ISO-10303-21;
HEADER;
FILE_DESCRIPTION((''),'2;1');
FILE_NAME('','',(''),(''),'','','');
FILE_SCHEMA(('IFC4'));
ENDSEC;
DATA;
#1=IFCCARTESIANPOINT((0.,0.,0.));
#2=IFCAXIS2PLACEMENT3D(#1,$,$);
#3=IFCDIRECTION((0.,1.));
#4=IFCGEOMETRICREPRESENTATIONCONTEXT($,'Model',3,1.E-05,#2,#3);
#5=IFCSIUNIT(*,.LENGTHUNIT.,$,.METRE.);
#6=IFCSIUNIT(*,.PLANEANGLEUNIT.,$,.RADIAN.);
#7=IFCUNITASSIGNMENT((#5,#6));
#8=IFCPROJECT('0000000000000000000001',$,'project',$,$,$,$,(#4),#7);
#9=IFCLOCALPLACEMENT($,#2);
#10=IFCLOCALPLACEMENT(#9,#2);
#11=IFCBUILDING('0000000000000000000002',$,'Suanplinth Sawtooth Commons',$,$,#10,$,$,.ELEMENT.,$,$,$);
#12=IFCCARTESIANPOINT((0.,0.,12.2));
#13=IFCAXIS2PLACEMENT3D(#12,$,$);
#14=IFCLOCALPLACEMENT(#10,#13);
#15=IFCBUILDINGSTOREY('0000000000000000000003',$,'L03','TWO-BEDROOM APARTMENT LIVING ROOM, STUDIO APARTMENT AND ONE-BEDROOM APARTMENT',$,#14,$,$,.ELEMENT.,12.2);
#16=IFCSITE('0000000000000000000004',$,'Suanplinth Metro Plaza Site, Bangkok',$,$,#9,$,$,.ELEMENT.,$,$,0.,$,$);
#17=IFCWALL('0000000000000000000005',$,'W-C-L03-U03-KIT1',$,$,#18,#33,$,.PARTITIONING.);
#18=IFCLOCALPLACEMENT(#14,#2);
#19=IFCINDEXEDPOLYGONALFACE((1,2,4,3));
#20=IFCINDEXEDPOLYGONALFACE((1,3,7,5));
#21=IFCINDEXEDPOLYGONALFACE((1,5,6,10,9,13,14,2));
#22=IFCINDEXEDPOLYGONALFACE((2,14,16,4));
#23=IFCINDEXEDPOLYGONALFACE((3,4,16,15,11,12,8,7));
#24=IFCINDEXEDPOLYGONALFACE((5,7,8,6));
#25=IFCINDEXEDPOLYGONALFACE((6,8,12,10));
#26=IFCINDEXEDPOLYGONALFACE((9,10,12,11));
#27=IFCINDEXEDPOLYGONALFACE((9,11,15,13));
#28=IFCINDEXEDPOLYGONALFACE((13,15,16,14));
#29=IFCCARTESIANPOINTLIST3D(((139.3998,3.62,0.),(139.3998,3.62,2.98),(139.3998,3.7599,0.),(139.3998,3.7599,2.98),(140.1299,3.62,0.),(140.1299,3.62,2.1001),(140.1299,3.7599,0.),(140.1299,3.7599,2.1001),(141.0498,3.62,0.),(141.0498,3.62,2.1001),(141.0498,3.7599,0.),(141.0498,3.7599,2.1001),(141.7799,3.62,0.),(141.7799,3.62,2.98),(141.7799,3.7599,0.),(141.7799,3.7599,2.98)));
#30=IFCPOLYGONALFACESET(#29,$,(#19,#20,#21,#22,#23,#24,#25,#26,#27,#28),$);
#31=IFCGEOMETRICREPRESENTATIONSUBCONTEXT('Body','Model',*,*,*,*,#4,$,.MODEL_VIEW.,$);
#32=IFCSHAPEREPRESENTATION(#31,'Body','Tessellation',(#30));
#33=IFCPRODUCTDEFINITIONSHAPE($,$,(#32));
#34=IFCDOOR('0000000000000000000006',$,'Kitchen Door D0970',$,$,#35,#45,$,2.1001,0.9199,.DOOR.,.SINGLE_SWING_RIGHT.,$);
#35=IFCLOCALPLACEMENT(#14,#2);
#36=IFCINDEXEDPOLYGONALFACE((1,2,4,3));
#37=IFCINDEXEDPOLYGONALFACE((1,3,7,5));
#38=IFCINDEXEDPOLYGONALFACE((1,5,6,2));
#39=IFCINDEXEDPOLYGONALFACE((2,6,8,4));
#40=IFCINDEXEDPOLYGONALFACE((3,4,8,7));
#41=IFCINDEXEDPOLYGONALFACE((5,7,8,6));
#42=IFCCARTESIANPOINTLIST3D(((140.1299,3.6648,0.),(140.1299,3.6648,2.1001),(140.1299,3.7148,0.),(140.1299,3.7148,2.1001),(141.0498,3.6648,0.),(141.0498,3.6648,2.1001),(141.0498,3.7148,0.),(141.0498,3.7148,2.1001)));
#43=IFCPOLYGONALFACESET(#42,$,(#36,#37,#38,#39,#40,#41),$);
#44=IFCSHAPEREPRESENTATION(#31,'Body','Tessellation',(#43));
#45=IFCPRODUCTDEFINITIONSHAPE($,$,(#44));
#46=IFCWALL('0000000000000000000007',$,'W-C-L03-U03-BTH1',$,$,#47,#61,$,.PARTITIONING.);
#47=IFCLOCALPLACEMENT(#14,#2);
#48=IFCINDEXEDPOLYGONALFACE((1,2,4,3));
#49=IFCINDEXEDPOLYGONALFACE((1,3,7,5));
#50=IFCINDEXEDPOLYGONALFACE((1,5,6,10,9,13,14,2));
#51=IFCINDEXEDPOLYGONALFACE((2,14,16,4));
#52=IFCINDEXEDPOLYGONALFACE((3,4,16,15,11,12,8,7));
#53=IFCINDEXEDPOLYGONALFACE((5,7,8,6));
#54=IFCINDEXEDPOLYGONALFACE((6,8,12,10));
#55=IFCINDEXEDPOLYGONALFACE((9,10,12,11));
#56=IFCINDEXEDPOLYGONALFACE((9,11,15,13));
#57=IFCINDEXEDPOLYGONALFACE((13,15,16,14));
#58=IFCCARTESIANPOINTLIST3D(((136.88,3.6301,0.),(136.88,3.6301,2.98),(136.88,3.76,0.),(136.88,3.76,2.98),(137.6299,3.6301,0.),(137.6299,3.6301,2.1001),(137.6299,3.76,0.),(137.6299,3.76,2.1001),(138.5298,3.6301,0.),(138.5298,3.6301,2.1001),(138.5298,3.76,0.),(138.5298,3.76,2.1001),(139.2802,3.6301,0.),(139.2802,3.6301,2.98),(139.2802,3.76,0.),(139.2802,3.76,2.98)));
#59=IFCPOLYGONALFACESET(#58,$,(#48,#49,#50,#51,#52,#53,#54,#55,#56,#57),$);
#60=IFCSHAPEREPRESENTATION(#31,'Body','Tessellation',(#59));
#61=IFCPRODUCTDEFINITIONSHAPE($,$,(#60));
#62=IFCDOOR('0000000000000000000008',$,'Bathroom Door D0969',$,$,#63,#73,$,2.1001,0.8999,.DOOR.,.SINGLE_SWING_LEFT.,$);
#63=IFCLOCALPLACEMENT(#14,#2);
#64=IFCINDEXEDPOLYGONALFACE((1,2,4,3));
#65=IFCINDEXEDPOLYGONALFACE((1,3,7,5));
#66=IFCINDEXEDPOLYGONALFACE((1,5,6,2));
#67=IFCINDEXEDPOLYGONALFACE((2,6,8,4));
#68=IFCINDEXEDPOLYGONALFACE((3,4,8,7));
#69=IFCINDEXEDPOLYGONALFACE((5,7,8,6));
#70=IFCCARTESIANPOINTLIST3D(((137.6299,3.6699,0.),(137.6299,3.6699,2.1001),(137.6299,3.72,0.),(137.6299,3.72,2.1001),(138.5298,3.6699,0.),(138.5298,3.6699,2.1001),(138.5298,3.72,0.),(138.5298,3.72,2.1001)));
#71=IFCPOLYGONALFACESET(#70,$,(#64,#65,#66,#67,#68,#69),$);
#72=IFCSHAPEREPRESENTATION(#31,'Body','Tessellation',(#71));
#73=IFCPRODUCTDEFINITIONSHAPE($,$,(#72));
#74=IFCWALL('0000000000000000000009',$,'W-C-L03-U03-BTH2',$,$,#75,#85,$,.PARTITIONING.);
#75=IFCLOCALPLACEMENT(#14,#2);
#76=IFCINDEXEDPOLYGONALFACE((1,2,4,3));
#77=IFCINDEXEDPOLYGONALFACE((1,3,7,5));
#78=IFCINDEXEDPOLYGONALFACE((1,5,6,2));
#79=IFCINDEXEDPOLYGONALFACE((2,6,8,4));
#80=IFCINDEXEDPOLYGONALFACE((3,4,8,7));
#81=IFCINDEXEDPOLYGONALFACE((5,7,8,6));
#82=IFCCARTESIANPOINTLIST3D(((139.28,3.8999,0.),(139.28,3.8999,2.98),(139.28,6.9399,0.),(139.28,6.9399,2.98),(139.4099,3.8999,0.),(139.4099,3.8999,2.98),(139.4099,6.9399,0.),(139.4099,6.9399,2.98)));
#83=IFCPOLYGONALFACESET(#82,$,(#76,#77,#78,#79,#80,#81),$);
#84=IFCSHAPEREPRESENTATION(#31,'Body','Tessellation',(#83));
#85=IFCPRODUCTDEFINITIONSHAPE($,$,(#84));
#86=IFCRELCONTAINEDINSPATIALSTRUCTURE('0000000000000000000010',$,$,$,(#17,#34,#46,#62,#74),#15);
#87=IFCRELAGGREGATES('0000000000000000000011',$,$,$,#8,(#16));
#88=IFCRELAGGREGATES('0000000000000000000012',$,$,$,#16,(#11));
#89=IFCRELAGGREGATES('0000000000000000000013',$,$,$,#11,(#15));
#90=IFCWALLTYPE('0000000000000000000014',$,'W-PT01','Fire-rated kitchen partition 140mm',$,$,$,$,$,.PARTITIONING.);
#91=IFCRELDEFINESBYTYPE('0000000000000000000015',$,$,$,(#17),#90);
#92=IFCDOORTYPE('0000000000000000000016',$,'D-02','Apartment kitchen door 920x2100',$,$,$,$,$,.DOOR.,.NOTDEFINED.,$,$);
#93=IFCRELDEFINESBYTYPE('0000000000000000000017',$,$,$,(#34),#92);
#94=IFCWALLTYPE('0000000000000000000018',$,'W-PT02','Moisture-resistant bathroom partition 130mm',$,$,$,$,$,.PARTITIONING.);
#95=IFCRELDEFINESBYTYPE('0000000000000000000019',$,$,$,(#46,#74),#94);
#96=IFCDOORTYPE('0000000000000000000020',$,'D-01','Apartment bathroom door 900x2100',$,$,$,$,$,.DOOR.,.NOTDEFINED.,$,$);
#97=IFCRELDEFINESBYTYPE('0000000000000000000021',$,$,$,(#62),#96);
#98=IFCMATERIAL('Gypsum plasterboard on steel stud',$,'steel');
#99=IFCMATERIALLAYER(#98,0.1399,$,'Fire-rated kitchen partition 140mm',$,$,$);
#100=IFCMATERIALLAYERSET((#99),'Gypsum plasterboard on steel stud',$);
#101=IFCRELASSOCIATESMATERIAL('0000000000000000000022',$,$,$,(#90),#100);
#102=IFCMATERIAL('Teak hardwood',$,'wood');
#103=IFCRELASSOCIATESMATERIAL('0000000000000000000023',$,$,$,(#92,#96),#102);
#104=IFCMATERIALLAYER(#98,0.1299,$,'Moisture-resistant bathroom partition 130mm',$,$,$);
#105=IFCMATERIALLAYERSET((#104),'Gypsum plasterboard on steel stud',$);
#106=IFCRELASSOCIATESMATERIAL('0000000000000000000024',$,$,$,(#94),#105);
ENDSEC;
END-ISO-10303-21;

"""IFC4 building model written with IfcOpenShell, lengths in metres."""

from ifc_helpers import new_model, si_unit, direction, frame, frame_2d, origin, place, context, subcontext, project, spatial, rectangle, extrude, material, layer, layer_set, type_object, element, fill, save


model = new_model("IFC4")

# Units and contexts
model_context = context("Model", 3, precision=1e-05, world=origin(), true_north=direction((0.0, 1.0)))
body_context = subcontext(model_context, "Body", "Model", "MODEL_VIEW")
ifc_project = project(units=[si_unit("LENGTHUNIT", "METRE"), si_unit("PLANEANGLEUNIT", "RADIAN")], contexts=[model_context])

# Site, building, storey
site_placement = place(None, origin())
site = spatial("IfcSite", under=ifc_project, at=site_placement, Name="Suanplinth Metro Plaza Site, Bangkok", CompositionType="ELEMENT", RefElevation=0.0)
building_placement = place(site_placement, origin())
building = spatial("IfcBuilding", under=site, at=building_placement, Name="Suanplinth Sawtooth Commons", CompositionType="ELEMENT")
storey_placement = place(building_placement, frame((0.0, 0.0, 12.2)))
storey = spatial("IfcBuildingStorey", under=building, at=storey_placement, Name="L03", Description="TWO-BEDROOM APARTMENT LIVING ROOM, STUDIO APARTMENT AND ONE-BEDROOM APARTMENT", CompositionType="ELEMENT", Elevation=12.2)

# Walls, openings, doors
ifc_material_1 = material(Name="Gypsum plasterboard on steel stud", Category="steel")
ifc_layer_1 = layer(ifc_material_1, 0.1399, Name="Fire-rated kitchen partition 140mm")
ifc_layer_set_1 = layer_set([ifc_layer_1], Name="Gypsum plasterboard on steel stud")
wall_type_1 = type_object("IfcWallType", Name="W-PT01", Description="Fire-rated kitchen partition 140mm", PredefinedType="PARTITIONING", material=ifc_layer_set_1)
ifc_material_2 = material(Name="Teak hardwood", Category="wood")
door_type_1 = type_object("IfcDoorType", Name="D-02", Description="Apartment kitchen door 920x2100", OperationType="NOTDEFINED", PredefinedType="DOOR", material=ifc_material_2)
wall_1_placement = place(storey_placement, frame((139.3999, 3.6899, 0.0), z_axis=(0.0, 0.0, 1.0), x_axis=(1.0, 0.0, 0.0)))
wall_1 = element("IfcWall", 1, at=wall_1_placement, inside=storey, type_object=wall_type_1, Name="W-C-L03-U03-KIT1", PredefinedType="PARTITIONING", context=body_context, shape_type="SweptSolid", body=[
    extrude(rectangle(XDim=2.3801, YDim=0.1399, at=frame_2d((1.1899, 0.0))), origin(), (0.0, 0.0, 1.0), 2.98),
])
opening_1_placement = place(wall_1_placement, frame((0.73, 0.0, 0.0)))
opening_1 = element("IfcOpeningElement", 2, at=opening_1_placement, cuts=wall_1, PredefinedType="OPENING", context=body_context, shape_type="SweptSolid", body=[
    extrude(rectangle(XDim=0.9199, YDim=2.1001, at=frame_2d((0.46, 1.05))), frame((0.0, 0.085, 0.0), z_axis=(0.0, -1.0, 0.0), x_axis=(1.0, 0.0, 0.0)), (0.0, 0.0, 1.0), 0.1697),
])
door_1_placement = place(opening_1_placement, origin())
door_1 = element("IfcDoor", 3, at=door_1_placement, inside=storey, type_object=door_type_1, Name="Kitchen Door D0970", OperationType="SINGLE_SWING_RIGHT", OverallHeight=2.1001, OverallWidth=0.9199, PredefinedType="DOOR", context=body_context, shape_type="SweptSolid", body=[
    extrude(rectangle(XDim=0.9199, YDim=2.1001, at=frame_2d((0.46, 1.05))), frame((0.0, 0.0249, 0.0), z_axis=(0.0, -1.0, 0.0), x_axis=(1.0, 0.0, 0.0)), (0.0, 0.0, 1.0), 0.05),
])
fill(opening_1, door_1)
ifc_layer_2 = layer(ifc_material_1, 0.1299, Name="Moisture-resistant bathroom partition 130mm")
ifc_layer_set_2 = layer_set([ifc_layer_2], Name="Gypsum plasterboard on steel stud")
wall_type_2 = type_object("IfcWallType", Name="W-PT02", Description="Moisture-resistant bathroom partition 130mm", PredefinedType="PARTITIONING", material=ifc_layer_set_2)
wall_2_placement = place(storey_placement, frame((136.8799, 3.6951, 0.0), z_axis=(0.0, 0.0, 1.0), x_axis=(1.0, 0.0, 0.0)))
wall_2 = element("IfcWall", 4, at=wall_2_placement, inside=storey, type_object=wall_type_2, Name="W-C-L03-U03-BTH1", PredefinedType="PARTITIONING", context=body_context, shape_type="SweptSolid", body=[
    extrude(rectangle(XDim=2.4001, YDim=0.1299, at=frame_2d((1.2002, 0.0))), origin(), (0.0, 0.0, 1.0), 2.98),
])
opening_2_placement = place(wall_2_placement, frame((0.75, 0.0, 0.0)))
opening_2 = element("IfcOpeningElement", 5, at=opening_2_placement, cuts=wall_2, PredefinedType="OPENING", context=body_context, shape_type="SweptSolid", body=[
    extrude(rectangle(XDim=0.8999, YDim=2.1001, at=frame_2d((0.45, 1.05))), frame((0.0, 0.0798, 0.0), z_axis=(0.0, -1.0, 0.0), x_axis=(1.0, 0.0, 0.0)), (0.0, 0.0, 1.0), 0.1597),
])
door_type_2 = type_object("IfcDoorType", Name="D-01", Description="Apartment bathroom door 900x2100", OperationType="NOTDEFINED", PredefinedType="DOOR", material=ifc_material_2)
door_2_placement = place(opening_2_placement, origin())
door_2 = element("IfcDoor", 6, at=door_2_placement, inside=storey, type_object=door_type_2, Name="Bathroom Door D0969", OperationType="SINGLE_SWING_LEFT", OverallHeight=2.1001, OverallWidth=0.8999, PredefinedType="DOOR", context=body_context, shape_type="SweptSolid", body=[
    extrude(rectangle(XDim=0.8999, YDim=2.1001, at=frame_2d((0.45, 1.05))), frame((0.0, 0.0249, 0.0), z_axis=(0.0, -1.0, 0.0), x_axis=(1.0, 0.0, 0.0)), (0.0, 0.0, 1.0), 0.05),
])
fill(opening_2, door_2)

# Wall
wall_3_placement = place(storey_placement, frame((139.345, 3.8999, 0.0), z_axis=(0.0, 0.0, 1.0), x_axis=(0.0, 1.0, 0.0)))
element("IfcWall", 7, at=wall_3_placement, inside=storey, type_object=wall_type_2, Name="W-C-L03-U03-BTH2", PredefinedType="PARTITIONING", context=body_context, shape_type="SweptSolid", body=[
    extrude(rectangle(XDim=3.04, YDim=0.1299, at=frame_2d((1.52, 0.0))), origin(), (0.0, 0.0, 1.0), 2.98),
])

save(model, "model.ifc")
